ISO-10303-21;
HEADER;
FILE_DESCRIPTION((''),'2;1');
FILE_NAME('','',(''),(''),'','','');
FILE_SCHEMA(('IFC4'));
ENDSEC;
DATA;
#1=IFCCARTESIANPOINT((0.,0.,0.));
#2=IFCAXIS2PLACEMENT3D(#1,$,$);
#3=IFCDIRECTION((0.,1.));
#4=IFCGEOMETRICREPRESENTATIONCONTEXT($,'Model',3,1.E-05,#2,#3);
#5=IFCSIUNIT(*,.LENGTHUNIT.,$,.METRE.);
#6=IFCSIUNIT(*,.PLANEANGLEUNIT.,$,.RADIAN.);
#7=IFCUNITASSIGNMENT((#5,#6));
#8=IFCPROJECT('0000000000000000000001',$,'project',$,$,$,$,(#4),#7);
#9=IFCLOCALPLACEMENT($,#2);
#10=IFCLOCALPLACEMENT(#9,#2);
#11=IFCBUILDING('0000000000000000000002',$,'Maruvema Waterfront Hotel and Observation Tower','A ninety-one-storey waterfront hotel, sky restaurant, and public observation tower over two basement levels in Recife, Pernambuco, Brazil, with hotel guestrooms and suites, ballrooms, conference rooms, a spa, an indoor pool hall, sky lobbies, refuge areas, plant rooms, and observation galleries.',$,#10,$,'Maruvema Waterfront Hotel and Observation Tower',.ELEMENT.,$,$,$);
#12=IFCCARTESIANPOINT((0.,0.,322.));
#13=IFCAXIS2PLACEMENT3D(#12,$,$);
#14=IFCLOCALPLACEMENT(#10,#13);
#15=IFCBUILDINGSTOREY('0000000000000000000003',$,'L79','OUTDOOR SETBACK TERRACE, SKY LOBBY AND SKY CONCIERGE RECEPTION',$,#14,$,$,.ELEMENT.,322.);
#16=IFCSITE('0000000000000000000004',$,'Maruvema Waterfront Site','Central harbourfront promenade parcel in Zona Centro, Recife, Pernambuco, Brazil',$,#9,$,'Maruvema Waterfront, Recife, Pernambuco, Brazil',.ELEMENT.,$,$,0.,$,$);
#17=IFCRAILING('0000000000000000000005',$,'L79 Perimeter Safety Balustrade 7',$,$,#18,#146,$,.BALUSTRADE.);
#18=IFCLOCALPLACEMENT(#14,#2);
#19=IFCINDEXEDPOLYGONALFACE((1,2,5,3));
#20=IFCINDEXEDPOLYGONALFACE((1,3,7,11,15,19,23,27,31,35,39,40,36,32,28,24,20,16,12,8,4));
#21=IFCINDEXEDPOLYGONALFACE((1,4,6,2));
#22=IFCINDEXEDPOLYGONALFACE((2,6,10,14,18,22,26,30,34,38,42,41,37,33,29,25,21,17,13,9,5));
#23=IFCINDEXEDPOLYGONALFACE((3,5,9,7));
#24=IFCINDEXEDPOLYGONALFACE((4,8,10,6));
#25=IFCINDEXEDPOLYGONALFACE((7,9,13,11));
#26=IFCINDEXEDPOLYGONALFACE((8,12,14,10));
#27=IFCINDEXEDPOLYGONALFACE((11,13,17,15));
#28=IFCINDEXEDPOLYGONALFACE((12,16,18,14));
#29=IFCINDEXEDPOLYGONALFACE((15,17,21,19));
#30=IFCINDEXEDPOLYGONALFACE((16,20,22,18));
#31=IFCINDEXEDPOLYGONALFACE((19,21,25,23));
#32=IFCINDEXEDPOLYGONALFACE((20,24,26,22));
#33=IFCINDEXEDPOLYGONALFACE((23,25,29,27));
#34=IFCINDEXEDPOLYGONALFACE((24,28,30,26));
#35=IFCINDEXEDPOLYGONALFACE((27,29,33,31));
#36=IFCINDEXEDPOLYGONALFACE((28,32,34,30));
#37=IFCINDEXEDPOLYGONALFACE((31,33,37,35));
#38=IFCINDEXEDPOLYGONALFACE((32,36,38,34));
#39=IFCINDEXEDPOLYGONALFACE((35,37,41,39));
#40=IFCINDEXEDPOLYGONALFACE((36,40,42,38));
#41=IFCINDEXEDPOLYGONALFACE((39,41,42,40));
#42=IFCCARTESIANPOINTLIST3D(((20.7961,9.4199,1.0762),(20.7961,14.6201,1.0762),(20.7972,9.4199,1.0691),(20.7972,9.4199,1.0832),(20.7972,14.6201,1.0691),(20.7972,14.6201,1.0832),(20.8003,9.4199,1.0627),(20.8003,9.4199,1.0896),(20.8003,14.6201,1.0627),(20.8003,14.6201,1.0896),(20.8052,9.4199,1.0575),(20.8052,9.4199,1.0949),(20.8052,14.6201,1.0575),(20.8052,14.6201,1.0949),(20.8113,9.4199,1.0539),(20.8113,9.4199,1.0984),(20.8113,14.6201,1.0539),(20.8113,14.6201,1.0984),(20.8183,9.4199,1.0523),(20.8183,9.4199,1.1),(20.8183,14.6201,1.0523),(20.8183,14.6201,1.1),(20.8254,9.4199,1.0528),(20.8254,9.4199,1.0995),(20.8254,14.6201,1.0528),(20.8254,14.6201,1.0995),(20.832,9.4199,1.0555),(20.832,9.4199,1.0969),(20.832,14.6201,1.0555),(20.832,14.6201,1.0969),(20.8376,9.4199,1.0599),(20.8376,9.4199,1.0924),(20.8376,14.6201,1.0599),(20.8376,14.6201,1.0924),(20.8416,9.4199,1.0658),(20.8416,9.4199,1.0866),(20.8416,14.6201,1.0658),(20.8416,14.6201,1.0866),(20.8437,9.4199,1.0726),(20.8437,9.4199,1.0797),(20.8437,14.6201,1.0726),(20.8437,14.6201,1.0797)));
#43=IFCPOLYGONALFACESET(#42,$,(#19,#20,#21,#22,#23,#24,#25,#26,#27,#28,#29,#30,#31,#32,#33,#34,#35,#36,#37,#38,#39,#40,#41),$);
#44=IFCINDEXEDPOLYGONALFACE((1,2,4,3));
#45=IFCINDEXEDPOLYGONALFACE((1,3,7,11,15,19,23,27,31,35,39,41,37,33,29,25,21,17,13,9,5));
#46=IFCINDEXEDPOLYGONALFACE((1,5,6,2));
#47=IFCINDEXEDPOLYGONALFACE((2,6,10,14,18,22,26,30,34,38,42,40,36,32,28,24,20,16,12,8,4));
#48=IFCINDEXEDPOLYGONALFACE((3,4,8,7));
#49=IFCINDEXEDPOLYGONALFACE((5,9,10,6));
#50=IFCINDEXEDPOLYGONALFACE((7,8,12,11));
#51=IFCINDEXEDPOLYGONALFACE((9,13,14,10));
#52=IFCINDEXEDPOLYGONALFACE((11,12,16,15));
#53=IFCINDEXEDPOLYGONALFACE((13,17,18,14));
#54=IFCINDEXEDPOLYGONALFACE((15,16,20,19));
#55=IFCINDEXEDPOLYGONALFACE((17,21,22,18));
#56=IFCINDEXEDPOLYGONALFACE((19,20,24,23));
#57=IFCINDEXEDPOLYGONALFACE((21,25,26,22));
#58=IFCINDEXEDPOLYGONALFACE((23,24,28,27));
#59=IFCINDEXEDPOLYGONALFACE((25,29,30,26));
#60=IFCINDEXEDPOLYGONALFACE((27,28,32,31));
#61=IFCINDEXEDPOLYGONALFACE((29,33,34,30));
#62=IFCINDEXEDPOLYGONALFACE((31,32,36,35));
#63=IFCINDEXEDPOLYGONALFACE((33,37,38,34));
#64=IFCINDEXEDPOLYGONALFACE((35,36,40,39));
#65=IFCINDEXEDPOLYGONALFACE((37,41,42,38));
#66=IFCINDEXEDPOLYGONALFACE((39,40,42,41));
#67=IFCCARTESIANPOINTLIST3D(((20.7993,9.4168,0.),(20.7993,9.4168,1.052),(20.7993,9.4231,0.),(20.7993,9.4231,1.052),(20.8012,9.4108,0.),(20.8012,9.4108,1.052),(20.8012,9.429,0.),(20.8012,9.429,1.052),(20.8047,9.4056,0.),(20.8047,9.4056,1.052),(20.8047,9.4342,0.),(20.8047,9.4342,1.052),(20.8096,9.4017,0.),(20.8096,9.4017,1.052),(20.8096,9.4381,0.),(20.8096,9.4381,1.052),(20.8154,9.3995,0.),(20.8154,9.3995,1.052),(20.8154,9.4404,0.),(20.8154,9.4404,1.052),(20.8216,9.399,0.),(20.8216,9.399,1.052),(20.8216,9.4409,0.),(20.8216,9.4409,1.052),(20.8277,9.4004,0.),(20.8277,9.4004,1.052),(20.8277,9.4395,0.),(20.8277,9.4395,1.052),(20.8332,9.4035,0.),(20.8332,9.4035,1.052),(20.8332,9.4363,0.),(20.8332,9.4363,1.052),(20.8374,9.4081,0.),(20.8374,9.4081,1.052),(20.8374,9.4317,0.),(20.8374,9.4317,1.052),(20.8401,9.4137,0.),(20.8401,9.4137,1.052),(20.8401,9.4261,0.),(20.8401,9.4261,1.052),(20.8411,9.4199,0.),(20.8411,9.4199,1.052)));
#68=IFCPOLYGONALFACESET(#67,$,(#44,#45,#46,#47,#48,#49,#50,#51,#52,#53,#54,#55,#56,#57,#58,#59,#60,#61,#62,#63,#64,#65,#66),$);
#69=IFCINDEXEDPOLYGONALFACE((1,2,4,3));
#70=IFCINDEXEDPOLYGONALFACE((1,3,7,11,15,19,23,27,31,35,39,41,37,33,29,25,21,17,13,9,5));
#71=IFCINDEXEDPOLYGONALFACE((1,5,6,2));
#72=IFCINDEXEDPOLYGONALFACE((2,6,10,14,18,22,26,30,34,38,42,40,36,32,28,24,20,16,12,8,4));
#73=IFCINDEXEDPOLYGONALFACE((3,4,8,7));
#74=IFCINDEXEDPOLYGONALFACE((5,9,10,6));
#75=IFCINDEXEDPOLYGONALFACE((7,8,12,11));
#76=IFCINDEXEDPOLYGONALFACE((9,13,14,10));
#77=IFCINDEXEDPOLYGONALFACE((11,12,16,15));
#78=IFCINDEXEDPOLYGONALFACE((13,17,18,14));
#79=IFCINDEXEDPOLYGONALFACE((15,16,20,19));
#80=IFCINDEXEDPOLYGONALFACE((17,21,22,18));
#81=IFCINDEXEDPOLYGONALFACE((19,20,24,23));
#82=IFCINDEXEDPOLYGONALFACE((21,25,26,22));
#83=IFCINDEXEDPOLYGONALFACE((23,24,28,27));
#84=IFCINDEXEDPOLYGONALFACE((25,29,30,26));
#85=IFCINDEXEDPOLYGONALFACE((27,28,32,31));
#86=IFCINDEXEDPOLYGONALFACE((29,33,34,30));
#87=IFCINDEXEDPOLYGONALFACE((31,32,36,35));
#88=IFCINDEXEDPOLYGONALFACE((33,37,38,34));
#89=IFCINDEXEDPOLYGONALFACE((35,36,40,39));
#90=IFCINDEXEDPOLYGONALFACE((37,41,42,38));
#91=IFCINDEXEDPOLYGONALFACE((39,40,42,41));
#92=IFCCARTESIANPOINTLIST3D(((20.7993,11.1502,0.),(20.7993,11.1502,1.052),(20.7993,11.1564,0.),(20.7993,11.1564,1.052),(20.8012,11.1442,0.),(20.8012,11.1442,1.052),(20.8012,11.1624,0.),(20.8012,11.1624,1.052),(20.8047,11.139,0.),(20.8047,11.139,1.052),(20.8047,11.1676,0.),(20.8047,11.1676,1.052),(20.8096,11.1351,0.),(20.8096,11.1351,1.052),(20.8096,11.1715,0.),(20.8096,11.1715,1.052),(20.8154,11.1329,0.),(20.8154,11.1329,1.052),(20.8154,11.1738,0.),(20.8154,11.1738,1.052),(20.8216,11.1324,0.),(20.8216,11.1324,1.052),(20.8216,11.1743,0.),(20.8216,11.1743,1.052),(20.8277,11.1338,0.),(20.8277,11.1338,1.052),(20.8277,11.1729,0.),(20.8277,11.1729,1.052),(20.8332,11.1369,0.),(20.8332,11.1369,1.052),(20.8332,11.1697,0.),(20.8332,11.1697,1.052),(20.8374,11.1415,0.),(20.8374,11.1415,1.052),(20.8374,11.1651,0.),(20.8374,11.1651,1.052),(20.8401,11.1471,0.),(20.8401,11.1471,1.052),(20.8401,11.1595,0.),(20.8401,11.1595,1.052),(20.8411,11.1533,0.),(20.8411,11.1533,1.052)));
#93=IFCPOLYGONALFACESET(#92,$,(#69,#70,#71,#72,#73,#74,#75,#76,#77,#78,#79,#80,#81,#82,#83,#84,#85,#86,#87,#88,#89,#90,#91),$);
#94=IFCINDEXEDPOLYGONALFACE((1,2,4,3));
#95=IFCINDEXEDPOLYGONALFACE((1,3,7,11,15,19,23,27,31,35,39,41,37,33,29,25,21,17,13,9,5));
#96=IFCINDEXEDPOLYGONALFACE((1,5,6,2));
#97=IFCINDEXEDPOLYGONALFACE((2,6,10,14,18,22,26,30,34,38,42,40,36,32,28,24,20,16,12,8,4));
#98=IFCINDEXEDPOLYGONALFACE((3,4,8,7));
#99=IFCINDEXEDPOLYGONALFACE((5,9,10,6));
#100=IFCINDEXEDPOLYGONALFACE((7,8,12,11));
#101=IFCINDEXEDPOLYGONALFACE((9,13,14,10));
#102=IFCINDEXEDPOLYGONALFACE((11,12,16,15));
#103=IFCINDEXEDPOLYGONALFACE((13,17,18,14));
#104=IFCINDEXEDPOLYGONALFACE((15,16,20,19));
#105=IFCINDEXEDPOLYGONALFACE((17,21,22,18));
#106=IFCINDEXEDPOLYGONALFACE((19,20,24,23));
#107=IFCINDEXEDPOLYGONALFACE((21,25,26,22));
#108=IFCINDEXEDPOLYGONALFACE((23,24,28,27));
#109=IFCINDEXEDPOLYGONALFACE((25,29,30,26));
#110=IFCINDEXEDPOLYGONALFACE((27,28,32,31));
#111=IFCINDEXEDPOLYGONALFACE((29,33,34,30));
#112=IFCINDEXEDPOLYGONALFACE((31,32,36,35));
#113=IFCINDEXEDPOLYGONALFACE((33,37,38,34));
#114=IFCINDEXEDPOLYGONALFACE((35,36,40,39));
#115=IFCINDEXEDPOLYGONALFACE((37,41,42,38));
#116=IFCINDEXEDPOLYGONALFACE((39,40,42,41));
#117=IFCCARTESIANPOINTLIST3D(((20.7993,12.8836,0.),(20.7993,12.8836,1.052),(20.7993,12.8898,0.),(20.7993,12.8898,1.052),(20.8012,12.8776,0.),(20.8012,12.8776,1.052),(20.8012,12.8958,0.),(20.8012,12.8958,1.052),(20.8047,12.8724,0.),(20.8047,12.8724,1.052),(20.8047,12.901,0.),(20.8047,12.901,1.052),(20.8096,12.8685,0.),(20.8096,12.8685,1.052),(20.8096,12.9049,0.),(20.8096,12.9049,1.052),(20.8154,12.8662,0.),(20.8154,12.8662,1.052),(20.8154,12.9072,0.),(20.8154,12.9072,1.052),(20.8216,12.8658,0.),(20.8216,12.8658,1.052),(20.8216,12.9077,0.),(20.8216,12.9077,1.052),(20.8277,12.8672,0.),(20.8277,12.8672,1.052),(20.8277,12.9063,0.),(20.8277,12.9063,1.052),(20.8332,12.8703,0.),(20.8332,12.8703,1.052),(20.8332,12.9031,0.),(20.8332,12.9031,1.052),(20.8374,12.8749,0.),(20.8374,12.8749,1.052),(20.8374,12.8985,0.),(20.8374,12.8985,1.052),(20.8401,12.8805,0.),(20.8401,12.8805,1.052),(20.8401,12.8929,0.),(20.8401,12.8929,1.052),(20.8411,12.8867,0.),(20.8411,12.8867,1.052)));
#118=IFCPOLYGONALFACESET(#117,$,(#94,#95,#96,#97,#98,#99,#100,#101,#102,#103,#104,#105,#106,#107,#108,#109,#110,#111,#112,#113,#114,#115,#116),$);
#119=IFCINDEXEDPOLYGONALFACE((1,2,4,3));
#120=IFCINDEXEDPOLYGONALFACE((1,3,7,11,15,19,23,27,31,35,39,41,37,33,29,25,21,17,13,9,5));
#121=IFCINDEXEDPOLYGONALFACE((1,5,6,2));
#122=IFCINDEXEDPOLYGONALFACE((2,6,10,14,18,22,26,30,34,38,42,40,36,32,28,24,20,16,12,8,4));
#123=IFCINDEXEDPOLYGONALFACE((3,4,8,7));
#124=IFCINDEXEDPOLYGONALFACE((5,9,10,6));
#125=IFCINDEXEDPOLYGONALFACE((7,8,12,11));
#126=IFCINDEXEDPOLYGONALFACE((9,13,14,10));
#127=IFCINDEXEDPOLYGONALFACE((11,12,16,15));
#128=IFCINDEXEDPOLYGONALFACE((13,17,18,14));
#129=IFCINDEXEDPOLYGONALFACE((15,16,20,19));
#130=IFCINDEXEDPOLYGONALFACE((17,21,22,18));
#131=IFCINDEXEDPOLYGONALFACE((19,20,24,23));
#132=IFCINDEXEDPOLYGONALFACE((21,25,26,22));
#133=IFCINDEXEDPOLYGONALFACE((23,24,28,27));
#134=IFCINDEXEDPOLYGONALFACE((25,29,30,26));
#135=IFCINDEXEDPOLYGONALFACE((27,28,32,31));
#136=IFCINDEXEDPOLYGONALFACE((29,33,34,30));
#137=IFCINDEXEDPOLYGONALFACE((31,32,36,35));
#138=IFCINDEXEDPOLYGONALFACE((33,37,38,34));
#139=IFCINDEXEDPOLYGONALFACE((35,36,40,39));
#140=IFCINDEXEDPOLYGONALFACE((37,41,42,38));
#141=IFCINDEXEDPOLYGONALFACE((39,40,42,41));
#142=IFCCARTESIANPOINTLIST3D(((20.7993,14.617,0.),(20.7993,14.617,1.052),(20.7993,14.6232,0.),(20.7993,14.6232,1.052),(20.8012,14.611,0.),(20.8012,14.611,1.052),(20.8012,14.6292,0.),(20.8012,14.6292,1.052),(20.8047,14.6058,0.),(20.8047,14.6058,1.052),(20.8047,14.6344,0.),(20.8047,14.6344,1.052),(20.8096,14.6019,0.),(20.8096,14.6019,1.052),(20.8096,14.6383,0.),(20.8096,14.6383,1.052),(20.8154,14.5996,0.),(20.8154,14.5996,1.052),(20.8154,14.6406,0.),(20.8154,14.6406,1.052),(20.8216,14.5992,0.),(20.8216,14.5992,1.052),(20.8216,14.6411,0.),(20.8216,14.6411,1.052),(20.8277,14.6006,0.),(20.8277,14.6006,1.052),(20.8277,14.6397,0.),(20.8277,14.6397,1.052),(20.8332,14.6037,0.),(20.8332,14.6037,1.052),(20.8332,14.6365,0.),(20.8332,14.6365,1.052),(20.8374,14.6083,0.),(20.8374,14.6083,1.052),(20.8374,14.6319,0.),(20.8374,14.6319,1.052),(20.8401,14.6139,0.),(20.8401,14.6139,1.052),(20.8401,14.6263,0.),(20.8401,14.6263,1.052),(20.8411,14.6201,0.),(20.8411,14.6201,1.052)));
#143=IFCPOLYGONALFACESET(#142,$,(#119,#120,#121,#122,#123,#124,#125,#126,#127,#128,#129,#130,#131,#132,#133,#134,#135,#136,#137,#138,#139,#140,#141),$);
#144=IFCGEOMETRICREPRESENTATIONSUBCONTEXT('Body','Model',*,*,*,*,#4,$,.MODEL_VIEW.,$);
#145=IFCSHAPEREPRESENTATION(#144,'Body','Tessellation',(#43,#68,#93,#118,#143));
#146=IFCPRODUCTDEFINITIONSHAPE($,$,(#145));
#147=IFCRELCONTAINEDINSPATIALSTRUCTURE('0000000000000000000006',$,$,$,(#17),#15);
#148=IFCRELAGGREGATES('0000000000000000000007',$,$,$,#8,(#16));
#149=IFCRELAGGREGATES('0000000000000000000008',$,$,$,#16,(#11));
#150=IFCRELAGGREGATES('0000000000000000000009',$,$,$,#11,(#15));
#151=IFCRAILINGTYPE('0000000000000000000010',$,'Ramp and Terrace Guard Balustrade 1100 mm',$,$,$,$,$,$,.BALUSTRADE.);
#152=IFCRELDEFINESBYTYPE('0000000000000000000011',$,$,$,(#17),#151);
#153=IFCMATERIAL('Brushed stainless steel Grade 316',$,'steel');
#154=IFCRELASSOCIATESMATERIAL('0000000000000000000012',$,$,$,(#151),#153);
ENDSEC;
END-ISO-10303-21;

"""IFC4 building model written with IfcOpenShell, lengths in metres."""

from ifc_helpers import new_model, si_unit, direction, frame, origin, origin_2d, place, context, subcontext, project, spatial, circle, extrude, material, type_object, element, save


model = new_model("IFC4")

# Units and contexts
model_context = context("Model", 3, precision=1e-05, world=origin(), true_north=direction((0.0, 1.0)))
body_context = subcontext(model_context, "Body", "Model", "MODEL_VIEW")
ifc_project = project(units=[si_unit("LENGTHUNIT", "METRE"), si_unit("PLANEANGLEUNIT", "RADIAN")], contexts=[model_context])

# Site, building, storey
site_placement = place(None, origin())
site = spatial("IfcSite", under=ifc_project, at=site_placement, Name="Maruvema Waterfront Site", Description="Central harbourfront promenade parcel in Zona Centro, Recife, Pernambuco, Brazil", LongName="Maruvema Waterfront, Recife, Pernambuco, Brazil", CompositionType="ELEMENT", RefElevation=0.0)
building_placement = place(site_placement, origin())
building = spatial("IfcBuilding", under=site, at=building_placement, Name="Maruvema Waterfront Hotel and Observation Tower", Description="A ninety-one-storey waterfront hotel, sky restaurant, and public observation tower over two basement levels in Recife, Pernambuco, Brazil, with hotel guestrooms and suites, ballrooms, conference rooms, a spa, an indoor pool hall, sky lobbies, refuge areas, plant rooms, and observation galleries.", LongName="Maruvema Waterfront Hotel and Observation Tower", CompositionType="ELEMENT")
storey_placement = place(building_placement, frame((0.0, 0.0, 322.0)))
storey = spatial("IfcBuildingStorey", under=building, at=storey_placement, Name="L79", Description="OUTDOOR SETBACK TERRACE, SKY LOBBY AND SKY CONCIERGE RECEPTION", CompositionType="ELEMENT", Elevation=322.0)

# Railing
ifc_material_1 = material(Name="Brushed stainless steel Grade 316", Category="steel")
railing_type = type_object("IfcRailingType", Name="Ramp and Terrace Guard Balustrade 1100 mm", PredefinedType="BALUSTRADE", material=ifc_material_1)
railing_1_placement = place(storey_placement, frame((20.8201, 9.4199, 0.0)))
element("IfcRailing", 1, at=railing_1_placement, inside=storey, type_object=railing_type, Name="L79 Perimeter Safety Balustrade 7", PredefinedType="BALUSTRADE", context=body_context, shape_type="SweptSolid", body=[
    extrude(circle(Radius=0.0239, at=origin_2d()), frame((0.0, 0.0, 1.0762), z_axis=(0.0, 1.0, 0.0), x_axis=(-1.0, 0.0, 0.0)), (0.0, 0.0, 1.0), 5.2002),
    extrude(circle(Radius=0.021, at=origin_2d()), origin(), (0.0, 0.0, 1.0), 1.052),
    extrude(circle(Radius=0.021, at=origin_2d()), frame((0.0, 1.7334, 0.0)), (0.0, 0.0, 1.0), 1.052),
    extrude(circle(Radius=0.021, at=origin_2d()), frame((0.0, 3.4668, 0.0)), (0.0, 0.0, 1.0), 1.052),
    extrude(circle(Radius=0.021, at=origin_2d()), frame((0.0, 5.2002, 0.0)), (0.0, 0.0, 1.0), 1.052),
])

save(model, "model.ifc")
